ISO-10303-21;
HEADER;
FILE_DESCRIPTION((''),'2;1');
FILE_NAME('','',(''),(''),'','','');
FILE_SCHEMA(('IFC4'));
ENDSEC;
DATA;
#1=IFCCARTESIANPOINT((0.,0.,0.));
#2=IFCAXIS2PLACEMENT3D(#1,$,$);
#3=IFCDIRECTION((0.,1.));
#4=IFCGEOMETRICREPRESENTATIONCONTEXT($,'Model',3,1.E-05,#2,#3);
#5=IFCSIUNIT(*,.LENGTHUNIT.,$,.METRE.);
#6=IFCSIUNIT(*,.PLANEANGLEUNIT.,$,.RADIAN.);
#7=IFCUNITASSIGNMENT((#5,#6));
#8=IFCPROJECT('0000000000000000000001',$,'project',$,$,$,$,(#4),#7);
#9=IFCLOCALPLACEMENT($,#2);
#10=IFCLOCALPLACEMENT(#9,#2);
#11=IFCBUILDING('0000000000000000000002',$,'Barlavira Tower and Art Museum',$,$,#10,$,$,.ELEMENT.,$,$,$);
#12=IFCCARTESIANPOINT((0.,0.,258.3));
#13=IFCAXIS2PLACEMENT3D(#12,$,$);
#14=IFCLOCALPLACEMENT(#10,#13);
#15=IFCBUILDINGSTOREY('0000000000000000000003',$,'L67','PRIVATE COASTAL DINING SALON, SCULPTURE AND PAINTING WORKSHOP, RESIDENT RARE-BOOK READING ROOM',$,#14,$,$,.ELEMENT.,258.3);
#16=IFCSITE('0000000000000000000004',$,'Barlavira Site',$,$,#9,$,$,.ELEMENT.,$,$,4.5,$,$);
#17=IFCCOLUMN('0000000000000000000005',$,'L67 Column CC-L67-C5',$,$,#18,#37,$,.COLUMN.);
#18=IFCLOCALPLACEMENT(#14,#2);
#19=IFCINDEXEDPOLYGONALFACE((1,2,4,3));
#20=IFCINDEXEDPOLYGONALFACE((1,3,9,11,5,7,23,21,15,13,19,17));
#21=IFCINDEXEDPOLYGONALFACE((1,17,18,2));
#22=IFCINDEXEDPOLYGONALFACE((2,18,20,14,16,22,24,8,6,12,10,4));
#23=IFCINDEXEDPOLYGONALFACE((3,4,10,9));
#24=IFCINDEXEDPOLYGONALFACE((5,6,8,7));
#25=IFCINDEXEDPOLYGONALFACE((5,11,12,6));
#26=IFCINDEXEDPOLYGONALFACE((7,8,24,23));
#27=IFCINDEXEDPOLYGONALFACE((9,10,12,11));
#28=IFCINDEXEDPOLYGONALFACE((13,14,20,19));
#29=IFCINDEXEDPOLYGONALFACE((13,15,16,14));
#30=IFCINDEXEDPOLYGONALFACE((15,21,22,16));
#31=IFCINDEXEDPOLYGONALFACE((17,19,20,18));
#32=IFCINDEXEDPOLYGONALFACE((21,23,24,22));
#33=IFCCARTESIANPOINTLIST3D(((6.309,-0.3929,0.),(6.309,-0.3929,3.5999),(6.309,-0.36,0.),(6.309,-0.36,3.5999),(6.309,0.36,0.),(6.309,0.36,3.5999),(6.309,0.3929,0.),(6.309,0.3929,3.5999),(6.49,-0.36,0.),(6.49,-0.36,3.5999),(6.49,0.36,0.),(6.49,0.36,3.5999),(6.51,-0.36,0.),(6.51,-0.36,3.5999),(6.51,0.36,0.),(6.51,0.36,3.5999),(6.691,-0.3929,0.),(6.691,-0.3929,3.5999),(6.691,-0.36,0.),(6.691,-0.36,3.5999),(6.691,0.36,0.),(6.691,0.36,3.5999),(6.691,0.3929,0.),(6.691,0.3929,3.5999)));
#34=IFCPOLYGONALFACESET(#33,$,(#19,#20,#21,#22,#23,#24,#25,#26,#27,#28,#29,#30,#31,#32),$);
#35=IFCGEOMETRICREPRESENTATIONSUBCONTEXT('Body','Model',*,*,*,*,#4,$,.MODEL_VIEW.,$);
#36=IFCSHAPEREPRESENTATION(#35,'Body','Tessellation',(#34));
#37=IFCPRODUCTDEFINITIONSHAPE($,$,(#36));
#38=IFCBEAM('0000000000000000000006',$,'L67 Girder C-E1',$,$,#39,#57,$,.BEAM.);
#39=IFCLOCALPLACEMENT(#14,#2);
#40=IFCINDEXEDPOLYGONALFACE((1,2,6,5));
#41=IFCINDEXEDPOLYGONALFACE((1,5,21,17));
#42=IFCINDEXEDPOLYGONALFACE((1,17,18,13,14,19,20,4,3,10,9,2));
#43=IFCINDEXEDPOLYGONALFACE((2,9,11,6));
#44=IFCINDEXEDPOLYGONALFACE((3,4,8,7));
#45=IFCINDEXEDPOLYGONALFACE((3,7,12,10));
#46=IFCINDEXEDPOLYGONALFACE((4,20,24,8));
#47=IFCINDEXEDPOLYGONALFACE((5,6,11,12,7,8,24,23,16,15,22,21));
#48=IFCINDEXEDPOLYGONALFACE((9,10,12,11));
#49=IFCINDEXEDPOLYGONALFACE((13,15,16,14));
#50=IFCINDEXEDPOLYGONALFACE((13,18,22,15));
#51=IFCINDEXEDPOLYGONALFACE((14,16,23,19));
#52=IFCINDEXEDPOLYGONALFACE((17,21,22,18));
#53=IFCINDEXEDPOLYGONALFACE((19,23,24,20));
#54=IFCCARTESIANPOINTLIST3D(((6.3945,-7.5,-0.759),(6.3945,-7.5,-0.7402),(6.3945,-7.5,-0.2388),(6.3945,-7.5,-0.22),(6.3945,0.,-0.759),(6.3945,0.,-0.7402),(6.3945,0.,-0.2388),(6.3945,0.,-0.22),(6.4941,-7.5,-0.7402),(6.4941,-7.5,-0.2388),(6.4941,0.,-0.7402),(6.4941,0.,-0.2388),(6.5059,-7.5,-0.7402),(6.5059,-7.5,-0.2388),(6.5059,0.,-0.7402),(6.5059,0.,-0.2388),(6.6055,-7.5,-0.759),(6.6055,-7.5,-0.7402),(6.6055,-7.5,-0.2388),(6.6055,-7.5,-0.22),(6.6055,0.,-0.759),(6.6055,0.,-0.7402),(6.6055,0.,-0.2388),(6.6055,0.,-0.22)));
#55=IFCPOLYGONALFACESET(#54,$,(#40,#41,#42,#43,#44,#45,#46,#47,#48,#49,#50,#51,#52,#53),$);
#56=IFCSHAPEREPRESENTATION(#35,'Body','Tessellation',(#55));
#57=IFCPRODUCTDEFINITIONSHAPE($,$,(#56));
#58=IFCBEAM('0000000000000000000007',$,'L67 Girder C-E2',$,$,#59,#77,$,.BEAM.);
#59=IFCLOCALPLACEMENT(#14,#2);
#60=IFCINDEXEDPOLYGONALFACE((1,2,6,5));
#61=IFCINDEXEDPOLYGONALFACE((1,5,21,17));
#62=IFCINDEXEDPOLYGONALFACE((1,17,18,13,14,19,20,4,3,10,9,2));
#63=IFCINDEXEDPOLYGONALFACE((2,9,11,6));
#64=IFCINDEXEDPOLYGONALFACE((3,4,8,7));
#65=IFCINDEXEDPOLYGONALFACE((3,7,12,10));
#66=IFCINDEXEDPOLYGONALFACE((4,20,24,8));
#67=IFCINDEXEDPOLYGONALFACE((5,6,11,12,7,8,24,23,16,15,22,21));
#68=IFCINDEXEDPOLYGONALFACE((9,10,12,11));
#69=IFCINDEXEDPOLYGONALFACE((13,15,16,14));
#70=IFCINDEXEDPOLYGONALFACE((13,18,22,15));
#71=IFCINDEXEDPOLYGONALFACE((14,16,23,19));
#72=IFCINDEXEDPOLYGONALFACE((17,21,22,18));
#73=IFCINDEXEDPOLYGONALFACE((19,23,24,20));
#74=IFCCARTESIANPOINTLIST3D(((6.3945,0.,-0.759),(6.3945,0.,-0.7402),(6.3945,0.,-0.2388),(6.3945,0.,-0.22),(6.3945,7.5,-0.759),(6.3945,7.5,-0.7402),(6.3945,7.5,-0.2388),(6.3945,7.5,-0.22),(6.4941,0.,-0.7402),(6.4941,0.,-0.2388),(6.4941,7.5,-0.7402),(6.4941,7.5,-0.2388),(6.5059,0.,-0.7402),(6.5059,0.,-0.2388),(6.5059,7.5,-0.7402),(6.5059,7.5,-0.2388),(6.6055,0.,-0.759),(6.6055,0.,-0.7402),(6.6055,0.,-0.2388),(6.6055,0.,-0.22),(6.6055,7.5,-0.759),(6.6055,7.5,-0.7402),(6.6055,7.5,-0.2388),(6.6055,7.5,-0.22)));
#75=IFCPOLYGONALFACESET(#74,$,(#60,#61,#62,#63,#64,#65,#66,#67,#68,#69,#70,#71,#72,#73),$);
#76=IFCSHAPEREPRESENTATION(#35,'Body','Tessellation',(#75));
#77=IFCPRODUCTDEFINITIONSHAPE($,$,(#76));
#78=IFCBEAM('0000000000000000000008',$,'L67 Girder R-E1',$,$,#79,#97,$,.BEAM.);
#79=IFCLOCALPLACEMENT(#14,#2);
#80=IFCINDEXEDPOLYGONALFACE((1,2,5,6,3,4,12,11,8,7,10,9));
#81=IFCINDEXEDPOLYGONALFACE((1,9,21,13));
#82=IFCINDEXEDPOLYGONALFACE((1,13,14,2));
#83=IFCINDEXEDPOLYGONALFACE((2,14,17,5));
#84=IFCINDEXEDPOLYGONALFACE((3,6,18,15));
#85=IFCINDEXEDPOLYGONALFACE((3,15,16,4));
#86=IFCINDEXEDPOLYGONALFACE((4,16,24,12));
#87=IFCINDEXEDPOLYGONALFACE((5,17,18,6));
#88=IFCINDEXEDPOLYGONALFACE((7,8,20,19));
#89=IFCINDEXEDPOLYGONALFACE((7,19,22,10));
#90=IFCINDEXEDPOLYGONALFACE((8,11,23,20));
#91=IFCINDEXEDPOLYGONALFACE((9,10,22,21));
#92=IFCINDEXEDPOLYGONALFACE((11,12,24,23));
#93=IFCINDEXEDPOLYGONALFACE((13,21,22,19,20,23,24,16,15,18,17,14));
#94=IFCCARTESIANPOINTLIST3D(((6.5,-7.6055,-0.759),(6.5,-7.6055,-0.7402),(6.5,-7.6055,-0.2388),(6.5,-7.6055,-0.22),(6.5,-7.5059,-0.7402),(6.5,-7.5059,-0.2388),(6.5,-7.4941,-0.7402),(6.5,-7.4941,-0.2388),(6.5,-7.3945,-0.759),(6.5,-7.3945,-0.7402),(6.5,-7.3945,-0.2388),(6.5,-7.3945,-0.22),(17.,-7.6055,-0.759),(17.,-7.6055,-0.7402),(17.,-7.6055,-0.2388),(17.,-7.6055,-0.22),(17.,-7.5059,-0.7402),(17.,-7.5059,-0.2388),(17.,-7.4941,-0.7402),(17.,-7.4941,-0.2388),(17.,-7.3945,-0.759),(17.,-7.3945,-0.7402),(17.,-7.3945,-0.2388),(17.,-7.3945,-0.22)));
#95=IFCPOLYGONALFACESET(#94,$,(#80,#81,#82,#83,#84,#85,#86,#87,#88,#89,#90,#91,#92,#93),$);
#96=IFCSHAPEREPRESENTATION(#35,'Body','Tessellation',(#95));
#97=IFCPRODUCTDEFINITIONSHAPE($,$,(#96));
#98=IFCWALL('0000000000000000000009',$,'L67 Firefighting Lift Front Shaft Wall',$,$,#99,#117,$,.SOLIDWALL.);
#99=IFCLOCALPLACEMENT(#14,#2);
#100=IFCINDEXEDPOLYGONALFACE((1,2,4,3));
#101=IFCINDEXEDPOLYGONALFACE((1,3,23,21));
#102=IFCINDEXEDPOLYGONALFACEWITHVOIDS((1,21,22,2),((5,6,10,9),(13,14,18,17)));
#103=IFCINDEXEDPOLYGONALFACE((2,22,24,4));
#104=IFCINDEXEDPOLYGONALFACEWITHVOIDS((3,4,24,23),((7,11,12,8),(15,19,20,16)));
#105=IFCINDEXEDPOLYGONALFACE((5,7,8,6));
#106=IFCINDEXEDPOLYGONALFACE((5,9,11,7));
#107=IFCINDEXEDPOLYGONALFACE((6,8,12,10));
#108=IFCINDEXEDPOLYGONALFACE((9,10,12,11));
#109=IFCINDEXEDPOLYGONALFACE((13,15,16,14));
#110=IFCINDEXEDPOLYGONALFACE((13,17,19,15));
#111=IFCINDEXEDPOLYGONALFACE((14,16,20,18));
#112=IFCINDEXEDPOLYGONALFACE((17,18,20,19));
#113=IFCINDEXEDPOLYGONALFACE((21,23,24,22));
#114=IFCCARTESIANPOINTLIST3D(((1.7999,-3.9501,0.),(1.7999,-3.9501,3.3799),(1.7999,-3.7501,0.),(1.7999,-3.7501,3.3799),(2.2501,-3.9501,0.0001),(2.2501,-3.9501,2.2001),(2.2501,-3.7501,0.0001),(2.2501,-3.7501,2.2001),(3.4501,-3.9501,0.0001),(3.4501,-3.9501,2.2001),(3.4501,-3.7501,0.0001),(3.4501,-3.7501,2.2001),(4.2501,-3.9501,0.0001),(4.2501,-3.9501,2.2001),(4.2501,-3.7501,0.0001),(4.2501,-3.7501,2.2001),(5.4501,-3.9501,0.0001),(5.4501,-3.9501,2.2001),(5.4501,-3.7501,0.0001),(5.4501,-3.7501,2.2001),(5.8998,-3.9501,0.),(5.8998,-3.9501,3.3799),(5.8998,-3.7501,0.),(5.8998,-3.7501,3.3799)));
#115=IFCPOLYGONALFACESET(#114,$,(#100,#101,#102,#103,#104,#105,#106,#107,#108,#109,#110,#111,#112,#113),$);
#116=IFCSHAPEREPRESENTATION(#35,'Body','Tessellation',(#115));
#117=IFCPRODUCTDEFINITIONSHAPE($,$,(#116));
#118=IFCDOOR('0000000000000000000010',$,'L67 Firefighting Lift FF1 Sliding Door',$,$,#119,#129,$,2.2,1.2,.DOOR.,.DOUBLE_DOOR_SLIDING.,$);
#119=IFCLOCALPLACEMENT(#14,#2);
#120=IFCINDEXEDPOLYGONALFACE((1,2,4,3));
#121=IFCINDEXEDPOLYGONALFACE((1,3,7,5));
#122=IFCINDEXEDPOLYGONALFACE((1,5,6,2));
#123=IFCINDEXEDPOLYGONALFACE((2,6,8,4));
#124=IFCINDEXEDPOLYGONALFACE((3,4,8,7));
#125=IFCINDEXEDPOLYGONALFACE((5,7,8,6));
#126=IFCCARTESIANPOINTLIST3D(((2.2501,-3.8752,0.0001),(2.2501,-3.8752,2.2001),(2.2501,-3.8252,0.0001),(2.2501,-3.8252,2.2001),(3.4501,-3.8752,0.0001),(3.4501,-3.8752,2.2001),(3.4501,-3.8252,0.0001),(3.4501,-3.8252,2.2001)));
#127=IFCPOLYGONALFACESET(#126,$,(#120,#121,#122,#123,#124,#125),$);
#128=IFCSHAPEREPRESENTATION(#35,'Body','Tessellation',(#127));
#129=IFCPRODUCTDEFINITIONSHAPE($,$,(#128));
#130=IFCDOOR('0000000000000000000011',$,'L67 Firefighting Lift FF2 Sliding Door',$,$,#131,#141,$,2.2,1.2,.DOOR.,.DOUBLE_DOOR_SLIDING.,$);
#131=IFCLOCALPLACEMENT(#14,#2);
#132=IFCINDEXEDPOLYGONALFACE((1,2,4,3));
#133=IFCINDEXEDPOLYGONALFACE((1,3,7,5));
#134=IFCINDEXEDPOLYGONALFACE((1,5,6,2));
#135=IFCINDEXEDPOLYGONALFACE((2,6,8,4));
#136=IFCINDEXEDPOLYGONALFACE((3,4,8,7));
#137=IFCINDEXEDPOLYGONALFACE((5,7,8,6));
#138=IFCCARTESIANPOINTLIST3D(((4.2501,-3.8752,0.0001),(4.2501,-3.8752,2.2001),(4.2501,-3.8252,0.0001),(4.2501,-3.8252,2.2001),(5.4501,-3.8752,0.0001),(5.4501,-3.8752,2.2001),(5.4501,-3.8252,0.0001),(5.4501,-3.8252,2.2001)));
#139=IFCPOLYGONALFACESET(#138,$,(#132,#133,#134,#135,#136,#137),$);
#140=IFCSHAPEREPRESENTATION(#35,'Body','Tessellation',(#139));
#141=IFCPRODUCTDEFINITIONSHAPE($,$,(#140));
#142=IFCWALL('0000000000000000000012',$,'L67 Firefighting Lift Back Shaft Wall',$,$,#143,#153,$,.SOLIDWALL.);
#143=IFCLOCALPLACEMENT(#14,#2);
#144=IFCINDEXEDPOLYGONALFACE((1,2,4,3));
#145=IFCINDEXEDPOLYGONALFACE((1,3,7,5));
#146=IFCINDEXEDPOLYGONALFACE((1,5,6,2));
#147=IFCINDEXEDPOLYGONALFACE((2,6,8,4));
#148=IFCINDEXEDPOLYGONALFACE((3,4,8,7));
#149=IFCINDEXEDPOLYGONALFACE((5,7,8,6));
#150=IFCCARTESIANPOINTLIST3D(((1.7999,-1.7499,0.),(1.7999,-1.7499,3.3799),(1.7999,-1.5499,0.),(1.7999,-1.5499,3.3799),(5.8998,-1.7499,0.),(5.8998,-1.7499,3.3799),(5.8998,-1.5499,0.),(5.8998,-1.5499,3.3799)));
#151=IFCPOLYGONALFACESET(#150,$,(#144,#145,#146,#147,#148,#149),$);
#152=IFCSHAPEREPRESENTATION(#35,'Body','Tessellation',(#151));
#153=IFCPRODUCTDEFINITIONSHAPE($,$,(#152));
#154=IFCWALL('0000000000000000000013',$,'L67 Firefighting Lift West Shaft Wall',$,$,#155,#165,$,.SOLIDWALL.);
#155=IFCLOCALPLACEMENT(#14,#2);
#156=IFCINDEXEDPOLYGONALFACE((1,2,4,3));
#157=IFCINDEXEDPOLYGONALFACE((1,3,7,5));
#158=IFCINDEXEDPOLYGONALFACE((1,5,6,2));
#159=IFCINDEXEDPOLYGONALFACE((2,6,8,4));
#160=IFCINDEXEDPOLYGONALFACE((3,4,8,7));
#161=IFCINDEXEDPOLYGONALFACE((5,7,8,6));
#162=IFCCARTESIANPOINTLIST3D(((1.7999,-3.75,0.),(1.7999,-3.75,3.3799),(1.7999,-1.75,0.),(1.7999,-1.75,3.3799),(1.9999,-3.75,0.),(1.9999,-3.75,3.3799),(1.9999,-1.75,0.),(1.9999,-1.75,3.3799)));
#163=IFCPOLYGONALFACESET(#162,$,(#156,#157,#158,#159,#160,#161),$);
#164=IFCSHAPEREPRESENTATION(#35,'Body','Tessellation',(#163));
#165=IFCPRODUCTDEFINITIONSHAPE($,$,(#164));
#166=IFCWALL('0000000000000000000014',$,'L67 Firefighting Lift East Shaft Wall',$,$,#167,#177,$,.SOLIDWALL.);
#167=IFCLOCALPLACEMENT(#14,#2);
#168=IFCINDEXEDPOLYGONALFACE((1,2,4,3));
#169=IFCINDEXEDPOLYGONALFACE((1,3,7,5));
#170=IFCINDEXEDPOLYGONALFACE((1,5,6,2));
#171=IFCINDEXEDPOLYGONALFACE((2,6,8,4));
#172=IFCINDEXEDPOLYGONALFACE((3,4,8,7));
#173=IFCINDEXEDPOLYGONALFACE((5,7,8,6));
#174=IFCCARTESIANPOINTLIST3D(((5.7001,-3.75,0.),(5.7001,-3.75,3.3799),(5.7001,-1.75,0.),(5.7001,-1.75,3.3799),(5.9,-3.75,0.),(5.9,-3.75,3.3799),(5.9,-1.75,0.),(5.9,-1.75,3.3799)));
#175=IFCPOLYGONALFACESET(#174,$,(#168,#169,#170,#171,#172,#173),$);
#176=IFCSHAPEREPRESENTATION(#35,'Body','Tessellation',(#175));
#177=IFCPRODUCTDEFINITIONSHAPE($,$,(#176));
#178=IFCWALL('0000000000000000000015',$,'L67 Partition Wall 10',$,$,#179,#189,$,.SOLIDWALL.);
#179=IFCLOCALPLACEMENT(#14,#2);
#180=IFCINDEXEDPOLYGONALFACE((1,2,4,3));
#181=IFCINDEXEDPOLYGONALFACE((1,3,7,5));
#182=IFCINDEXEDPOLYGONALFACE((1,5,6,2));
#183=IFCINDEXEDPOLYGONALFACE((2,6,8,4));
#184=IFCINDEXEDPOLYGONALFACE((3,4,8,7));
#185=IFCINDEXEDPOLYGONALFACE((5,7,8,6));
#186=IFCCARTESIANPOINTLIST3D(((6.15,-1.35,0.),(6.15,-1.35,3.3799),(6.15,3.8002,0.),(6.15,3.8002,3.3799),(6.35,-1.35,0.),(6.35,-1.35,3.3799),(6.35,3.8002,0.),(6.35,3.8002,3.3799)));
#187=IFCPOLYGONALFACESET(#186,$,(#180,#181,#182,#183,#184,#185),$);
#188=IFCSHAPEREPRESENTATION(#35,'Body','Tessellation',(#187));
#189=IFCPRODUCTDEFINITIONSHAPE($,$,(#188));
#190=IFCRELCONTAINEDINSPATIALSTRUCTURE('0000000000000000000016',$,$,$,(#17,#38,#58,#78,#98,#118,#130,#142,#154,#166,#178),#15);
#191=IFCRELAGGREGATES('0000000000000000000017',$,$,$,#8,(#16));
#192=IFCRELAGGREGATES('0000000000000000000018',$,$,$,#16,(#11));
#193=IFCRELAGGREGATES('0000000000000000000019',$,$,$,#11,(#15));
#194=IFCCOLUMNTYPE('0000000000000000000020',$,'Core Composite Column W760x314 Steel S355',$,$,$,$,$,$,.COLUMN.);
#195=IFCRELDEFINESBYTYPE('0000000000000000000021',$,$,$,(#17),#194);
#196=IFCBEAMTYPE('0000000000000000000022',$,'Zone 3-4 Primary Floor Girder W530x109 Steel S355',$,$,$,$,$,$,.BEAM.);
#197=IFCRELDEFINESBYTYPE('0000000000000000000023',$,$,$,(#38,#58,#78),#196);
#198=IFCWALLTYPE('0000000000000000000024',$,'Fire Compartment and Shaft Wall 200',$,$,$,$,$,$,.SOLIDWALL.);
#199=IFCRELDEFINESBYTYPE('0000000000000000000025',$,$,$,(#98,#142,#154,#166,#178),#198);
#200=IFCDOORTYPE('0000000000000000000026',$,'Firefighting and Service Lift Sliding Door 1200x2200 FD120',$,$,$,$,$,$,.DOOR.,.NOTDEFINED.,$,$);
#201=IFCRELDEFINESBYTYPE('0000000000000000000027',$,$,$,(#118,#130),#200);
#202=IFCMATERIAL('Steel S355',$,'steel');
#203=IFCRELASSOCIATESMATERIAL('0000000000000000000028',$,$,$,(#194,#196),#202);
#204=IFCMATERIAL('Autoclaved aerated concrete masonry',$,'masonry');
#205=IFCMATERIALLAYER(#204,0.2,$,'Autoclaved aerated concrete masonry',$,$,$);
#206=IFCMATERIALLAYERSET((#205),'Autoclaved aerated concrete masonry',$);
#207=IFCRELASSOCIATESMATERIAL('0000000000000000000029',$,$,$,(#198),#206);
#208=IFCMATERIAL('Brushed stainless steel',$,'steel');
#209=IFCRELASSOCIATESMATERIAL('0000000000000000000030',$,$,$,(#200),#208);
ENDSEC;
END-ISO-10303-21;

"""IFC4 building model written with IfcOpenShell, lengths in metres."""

from ifc_helpers import new_model, si_unit, direction, frame, frame_2d, origin, origin_2d, place, context, subcontext, project, spatial, rectangle, i_section, extrude, material, layer, layer_set, material_profile, profile_set, type_object, element, fill, save


model = new_model("IFC4")

# Units and contexts
model_context = context("Model", 3, precision=1e-05, world=origin(), true_north=direction((0.0, 1.0)))
body_context = subcontext(model_context, "Body", "Model", "MODEL_VIEW")
ifc_project = project(units=[si_unit("LENGTHUNIT", "METRE"), si_unit("PLANEANGLEUNIT", "RADIAN")], contexts=[model_context])

# Site, building, storey
site_placement = place(None, origin())
site = spatial("IfcSite", under=ifc_project, at=site_placement, Name="Barlavira Site", CompositionType="ELEMENT", RefElevation=4.5)
building_placement = place(site_placement, origin())
building = spatial("IfcBuilding", under=site, at=building_placement, Name="Barlavira Tower and Art Museum", CompositionType="ELEMENT")
storey_placement = place(building_placement, frame((0.0, 0.0, 258.3)))
storey = spatial("IfcBuildingStorey", under=building, at=storey_placement, Name="L67", Description="PRIVATE COASTAL DINING SALON, SCULPTURE AND PAINTING WORKSHOP, RESIDENT RARE-BOOK READING ROOM", CompositionType="ELEMENT", Elevation=258.3)

# Column
ifc_material_1 = material(Name="Steel S355", Category="steel")
ifc_material_profile_1 = material_profile(ifc_material_1, i_section(OverallWidth=0.3821, OverallDepth=0.7859, WebThickness=0.02, FlangeThickness=0.033, at=origin_2d()), Name="W760x314.0")
ifc_profile_set_1 = profile_set([ifc_material_profile_1], Name="Steel S355")
column_type = type_object("IfcColumnType", Name="Core Composite Column W760x314 Steel S355", PredefinedType="COLUMN", material=ifc_profile_set_1)
column_placement = place(storey_placement, frame((6.5, 0.0, 0.0), z_axis=(0.0, 0.0, 1.0), x_axis=(1.0, 0.0, 0.0)))
element("IfcColumn", 1, at=column_placement, inside=storey, type_object=column_type, Name="L67 Column CC-L67-C5", PredefinedType="COLUMN", context=body_context, shape_type="SweptSolid", body=[
    extrude(i_section(OverallWidth=0.3821, OverallDepth=0.7859, WebThickness=0.02, FlangeThickness=0.033, at=origin_2d()), origin(), (0.0, 0.0, 1.0), 3.5999),
])

# Beams
ifc_material_profile_2 = material_profile(ifc_material_1, i_section(OverallWidth=0.2109, OverallDepth=0.5391, WebThickness=0.0117, FlangeThickness=0.0188, at=origin_2d()), Name="W530x109.0")
ifc_profile_set_2 = profile_set([ifc_material_profile_2], Name="Steel S355")
beam_type = type_object("IfcBeamType", Name="Zone 3-4 Primary Floor Girder W530x109 Steel S355", PredefinedType="BEAM", material=ifc_profile_set_2)
for number, where, z_axis, x_axis, name in (
    (2, (6.5, -7.5, -0.4895), (0.0, 1.0, 0.0), (-1.0, 0.0, 0.0), "L67 Girder C-E1"),
    (3, (6.5, 0.0, -0.4895), (0.0, 1.0, 0.0), (-1.0, 0.0, 0.0), "L67 Girder C-E2"),
):
    element("IfcBeam", number, at=place(storey_placement, frame(where, z_axis=z_axis, x_axis=x_axis)), inside=storey, type_object=beam_type, Name=name, PredefinedType="BEAM", context=body_context, shape_type="SweptSolid", body=[
        extrude(i_section(OverallWidth=0.2109, OverallDepth=0.5391, WebThickness=0.0117, FlangeThickness=0.0188, at=origin_2d()), origin(), (0.0, 0.0, 1.0), 7.5),
    ])
beam_placement = place(storey_placement, frame((6.5, -7.5, -0.4895), z_axis=(1.0, 0.0, 0.0), x_axis=(0.0, 1.0, 0.0)))
element("IfcBeam", 4, at=beam_placement, inside=storey, type_object=beam_type, Name="L67 Girder R-E1", PredefinedType="BEAM", context=body_context, shape_type="SweptSolid", body=[
    extrude(i_section(OverallWidth=0.2109, OverallDepth=0.5391, WebThickness=0.0117, FlangeThickness=0.0188, at=origin_2d()), origin(), (0.0, 0.0, 1.0), 10.5),
])

# Shared definitions
ifc_material_2 = material(Name="Brushed stainless steel", Category="steel")

# Wall, openings, doors
ifc_material_3 = material(Name="Autoclaved aerated concrete masonry", Category="masonry")
ifc_layer_1 = layer(ifc_material_3, 0.2, Name="Autoclaved aerated concrete masonry")
ifc_layer_set_1 = layer_set([ifc_layer_1], Name="Autoclaved aerated concrete masonry")
wall_type_1 = type_object("IfcWallType", Name="Fire Compartment and Shaft Wall 200", PredefinedType="SOLIDWALL", material=ifc_layer_set_1)
wall_1_placement = place(storey_placement, frame((1.8, -3.8501, 0.0), z_axis=(0.0, 0.0, 1.0), x_axis=(1.0, 0.0, 0.0)))
wall_1 = element("IfcWall", 5, at=wall_1_placement, inside=storey, type_object=wall_type_1, Name="L67 Firefighting Lift Front Shaft Wall", PredefinedType="SOLIDWALL", context=body_context, shape_type="SweptSolid", body=[
    extrude(rectangle(XDim=4.0999, YDim=0.2, at=frame_2d((2.0498, 0.0))), origin(), (0.0, 0.0, 1.0), 3.3799),
])
opening_1_placement = place(wall_1_placement, frame((0.45, 0.0, 0.0)))
opening_1 = element("IfcOpeningElement", 6, at=opening_1_placement, cuts=wall_1, PredefinedType="OPENING", context=body_context, shape_type="SweptSolid", body=[
    extrude(rectangle(XDim=1.2, YDim=2.2, at=frame_2d((0.6001, 1.1001))), frame((0.0, 0.1099, 0.0), z_axis=(0.0, -1.0, 0.0), x_axis=(1.0, 0.0, 0.0)), (0.0, 0.0, 1.0), 0.22),
])
opening_2_placement = place(wall_1_placement, frame((2.45, 0.0, 0.0)))
opening_2 = element("IfcOpeningElement", 7, at=opening_2_placement, cuts=wall_1, PredefinedType="OPENING", context=body_context, shape_type="SweptSolid", body=[
    extrude(rectangle(XDim=1.2, YDim=2.2, at=frame_2d((0.6001, 1.1001))), frame((0.0, 0.1099, 0.0), z_axis=(0.0, -1.0, 0.0), x_axis=(1.0, 0.0, 0.0)), (0.0, 0.0, 1.0), 0.22),
])
door_type_1 = type_object("IfcDoorType", Name="Firefighting and Service Lift Sliding Door 1200x2200 FD120", OperationType="NOTDEFINED", PredefinedType="DOOR", material=ifc_material_2)
door_1_placement = place(opening_1_placement, origin())
door_1 = element("IfcDoor", 8, at=door_1_placement, inside=storey, type_object=door_type_1, Name="L67 Firefighting Lift FF1 Sliding Door", OperationType="DOUBLE_DOOR_SLIDING", OverallHeight=2.2, OverallWidth=1.2, PredefinedType="DOOR", context=body_context, shape_type="SweptSolid", body=[
    extrude(rectangle(XDim=1.2, YDim=2.2, at=frame_2d((0.6001, 1.1001))), frame((0.0, 0.0249, 0.0), z_axis=(0.0, -1.0, 0.0), x_axis=(1.0, 0.0, 0.0)), (0.0, 0.0, 1.0), 0.05),
])
fill(opening_1, door_1)
door_2_placement = place(opening_2_placement, origin())
door_2 = element("IfcDoor", 9, at=door_2_placement, inside=storey, type_object=door_type_1, Name="L67 Firefighting Lift FF2 Sliding Door", OperationType="DOUBLE_DOOR_SLIDING", OverallHeight=2.2, OverallWidth=1.2, PredefinedType="DOOR", context=body_context, shape_type="SweptSolid", body=[
    extrude(rectangle(XDim=1.2, YDim=2.2, at=frame_2d((0.6001, 1.1001))), frame((0.0, 0.0249, 0.0), z_axis=(0.0, -1.0, 0.0), x_axis=(1.0, 0.0, 0.0)), (0.0, 0.0, 1.0), 0.05),
])
fill(opening_2, door_2)

# Walls
wall_2_placement = place(storey_placement, frame((1.8, -1.6499, 0.0), z_axis=(0.0, 0.0, 1.0), x_axis=(1.0, 0.0, 0.0)))
element("IfcWall", 10, at=wall_2_placement, inside=storey, type_object=wall_type_1, Name="L67 Firefighting Lift Back Shaft Wall", PredefinedType="SOLIDWALL", context=body_context, shape_type="SweptSolid", body=[
    extrude(rectangle(XDim=4.0999, YDim=0.2, at=frame_2d((2.0498, 0.0))), origin(), (0.0, 0.0, 1.0), 3.3799),
])
for number, where, z_axis, x_axis, name in (
    (11, (1.8999, -3.75, 0.0), (0.0, 0.0, 1.0), (0.0, 1.0, 0.0), "L67 Firefighting Lift West Shaft Wall"),
    (12, (5.8, -3.75, 0.0), (0.0, 0.0, 1.0), (0.0, 1.0, 0.0), "L67 Firefighting Lift East Shaft Wall"),
):
    element("IfcWall", number, at=place(storey_placement, frame(where, z_axis=z_axis, x_axis=x_axis)), inside=storey, type_object=wall_type_1, Name=name, PredefinedType="SOLIDWALL", context=body_context, shape_type="SweptSolid", body=[
        extrude(rectangle(XDim=2.0, YDim=0.2, at=frame_2d((1.0, 0.0))), origin(), (0.0, 0.0, 1.0), 3.3799),
    ])

# Wall
wall_3_placement = place(storey_placement, frame((6.25, -1.3501, 0.0), z_axis=(0.0, 0.0, 1.0), x_axis=(0.0, 1.0, 0.0)))
element("IfcWall", 13, at=wall_3_placement, inside=storey, type_object=wall_type_1, Name="L67 Partition Wall 10", PredefinedType="SOLIDWALL", context=body_context, shape_type="SweptSolid", body=[
    extrude(rectangle(XDim=5.1501, YDim=0.2, at=frame_2d((2.5752, 0.0))), origin(), (0.0, 0.0, 1.0), 3.3799),
])

save(model, "model.ifc")
